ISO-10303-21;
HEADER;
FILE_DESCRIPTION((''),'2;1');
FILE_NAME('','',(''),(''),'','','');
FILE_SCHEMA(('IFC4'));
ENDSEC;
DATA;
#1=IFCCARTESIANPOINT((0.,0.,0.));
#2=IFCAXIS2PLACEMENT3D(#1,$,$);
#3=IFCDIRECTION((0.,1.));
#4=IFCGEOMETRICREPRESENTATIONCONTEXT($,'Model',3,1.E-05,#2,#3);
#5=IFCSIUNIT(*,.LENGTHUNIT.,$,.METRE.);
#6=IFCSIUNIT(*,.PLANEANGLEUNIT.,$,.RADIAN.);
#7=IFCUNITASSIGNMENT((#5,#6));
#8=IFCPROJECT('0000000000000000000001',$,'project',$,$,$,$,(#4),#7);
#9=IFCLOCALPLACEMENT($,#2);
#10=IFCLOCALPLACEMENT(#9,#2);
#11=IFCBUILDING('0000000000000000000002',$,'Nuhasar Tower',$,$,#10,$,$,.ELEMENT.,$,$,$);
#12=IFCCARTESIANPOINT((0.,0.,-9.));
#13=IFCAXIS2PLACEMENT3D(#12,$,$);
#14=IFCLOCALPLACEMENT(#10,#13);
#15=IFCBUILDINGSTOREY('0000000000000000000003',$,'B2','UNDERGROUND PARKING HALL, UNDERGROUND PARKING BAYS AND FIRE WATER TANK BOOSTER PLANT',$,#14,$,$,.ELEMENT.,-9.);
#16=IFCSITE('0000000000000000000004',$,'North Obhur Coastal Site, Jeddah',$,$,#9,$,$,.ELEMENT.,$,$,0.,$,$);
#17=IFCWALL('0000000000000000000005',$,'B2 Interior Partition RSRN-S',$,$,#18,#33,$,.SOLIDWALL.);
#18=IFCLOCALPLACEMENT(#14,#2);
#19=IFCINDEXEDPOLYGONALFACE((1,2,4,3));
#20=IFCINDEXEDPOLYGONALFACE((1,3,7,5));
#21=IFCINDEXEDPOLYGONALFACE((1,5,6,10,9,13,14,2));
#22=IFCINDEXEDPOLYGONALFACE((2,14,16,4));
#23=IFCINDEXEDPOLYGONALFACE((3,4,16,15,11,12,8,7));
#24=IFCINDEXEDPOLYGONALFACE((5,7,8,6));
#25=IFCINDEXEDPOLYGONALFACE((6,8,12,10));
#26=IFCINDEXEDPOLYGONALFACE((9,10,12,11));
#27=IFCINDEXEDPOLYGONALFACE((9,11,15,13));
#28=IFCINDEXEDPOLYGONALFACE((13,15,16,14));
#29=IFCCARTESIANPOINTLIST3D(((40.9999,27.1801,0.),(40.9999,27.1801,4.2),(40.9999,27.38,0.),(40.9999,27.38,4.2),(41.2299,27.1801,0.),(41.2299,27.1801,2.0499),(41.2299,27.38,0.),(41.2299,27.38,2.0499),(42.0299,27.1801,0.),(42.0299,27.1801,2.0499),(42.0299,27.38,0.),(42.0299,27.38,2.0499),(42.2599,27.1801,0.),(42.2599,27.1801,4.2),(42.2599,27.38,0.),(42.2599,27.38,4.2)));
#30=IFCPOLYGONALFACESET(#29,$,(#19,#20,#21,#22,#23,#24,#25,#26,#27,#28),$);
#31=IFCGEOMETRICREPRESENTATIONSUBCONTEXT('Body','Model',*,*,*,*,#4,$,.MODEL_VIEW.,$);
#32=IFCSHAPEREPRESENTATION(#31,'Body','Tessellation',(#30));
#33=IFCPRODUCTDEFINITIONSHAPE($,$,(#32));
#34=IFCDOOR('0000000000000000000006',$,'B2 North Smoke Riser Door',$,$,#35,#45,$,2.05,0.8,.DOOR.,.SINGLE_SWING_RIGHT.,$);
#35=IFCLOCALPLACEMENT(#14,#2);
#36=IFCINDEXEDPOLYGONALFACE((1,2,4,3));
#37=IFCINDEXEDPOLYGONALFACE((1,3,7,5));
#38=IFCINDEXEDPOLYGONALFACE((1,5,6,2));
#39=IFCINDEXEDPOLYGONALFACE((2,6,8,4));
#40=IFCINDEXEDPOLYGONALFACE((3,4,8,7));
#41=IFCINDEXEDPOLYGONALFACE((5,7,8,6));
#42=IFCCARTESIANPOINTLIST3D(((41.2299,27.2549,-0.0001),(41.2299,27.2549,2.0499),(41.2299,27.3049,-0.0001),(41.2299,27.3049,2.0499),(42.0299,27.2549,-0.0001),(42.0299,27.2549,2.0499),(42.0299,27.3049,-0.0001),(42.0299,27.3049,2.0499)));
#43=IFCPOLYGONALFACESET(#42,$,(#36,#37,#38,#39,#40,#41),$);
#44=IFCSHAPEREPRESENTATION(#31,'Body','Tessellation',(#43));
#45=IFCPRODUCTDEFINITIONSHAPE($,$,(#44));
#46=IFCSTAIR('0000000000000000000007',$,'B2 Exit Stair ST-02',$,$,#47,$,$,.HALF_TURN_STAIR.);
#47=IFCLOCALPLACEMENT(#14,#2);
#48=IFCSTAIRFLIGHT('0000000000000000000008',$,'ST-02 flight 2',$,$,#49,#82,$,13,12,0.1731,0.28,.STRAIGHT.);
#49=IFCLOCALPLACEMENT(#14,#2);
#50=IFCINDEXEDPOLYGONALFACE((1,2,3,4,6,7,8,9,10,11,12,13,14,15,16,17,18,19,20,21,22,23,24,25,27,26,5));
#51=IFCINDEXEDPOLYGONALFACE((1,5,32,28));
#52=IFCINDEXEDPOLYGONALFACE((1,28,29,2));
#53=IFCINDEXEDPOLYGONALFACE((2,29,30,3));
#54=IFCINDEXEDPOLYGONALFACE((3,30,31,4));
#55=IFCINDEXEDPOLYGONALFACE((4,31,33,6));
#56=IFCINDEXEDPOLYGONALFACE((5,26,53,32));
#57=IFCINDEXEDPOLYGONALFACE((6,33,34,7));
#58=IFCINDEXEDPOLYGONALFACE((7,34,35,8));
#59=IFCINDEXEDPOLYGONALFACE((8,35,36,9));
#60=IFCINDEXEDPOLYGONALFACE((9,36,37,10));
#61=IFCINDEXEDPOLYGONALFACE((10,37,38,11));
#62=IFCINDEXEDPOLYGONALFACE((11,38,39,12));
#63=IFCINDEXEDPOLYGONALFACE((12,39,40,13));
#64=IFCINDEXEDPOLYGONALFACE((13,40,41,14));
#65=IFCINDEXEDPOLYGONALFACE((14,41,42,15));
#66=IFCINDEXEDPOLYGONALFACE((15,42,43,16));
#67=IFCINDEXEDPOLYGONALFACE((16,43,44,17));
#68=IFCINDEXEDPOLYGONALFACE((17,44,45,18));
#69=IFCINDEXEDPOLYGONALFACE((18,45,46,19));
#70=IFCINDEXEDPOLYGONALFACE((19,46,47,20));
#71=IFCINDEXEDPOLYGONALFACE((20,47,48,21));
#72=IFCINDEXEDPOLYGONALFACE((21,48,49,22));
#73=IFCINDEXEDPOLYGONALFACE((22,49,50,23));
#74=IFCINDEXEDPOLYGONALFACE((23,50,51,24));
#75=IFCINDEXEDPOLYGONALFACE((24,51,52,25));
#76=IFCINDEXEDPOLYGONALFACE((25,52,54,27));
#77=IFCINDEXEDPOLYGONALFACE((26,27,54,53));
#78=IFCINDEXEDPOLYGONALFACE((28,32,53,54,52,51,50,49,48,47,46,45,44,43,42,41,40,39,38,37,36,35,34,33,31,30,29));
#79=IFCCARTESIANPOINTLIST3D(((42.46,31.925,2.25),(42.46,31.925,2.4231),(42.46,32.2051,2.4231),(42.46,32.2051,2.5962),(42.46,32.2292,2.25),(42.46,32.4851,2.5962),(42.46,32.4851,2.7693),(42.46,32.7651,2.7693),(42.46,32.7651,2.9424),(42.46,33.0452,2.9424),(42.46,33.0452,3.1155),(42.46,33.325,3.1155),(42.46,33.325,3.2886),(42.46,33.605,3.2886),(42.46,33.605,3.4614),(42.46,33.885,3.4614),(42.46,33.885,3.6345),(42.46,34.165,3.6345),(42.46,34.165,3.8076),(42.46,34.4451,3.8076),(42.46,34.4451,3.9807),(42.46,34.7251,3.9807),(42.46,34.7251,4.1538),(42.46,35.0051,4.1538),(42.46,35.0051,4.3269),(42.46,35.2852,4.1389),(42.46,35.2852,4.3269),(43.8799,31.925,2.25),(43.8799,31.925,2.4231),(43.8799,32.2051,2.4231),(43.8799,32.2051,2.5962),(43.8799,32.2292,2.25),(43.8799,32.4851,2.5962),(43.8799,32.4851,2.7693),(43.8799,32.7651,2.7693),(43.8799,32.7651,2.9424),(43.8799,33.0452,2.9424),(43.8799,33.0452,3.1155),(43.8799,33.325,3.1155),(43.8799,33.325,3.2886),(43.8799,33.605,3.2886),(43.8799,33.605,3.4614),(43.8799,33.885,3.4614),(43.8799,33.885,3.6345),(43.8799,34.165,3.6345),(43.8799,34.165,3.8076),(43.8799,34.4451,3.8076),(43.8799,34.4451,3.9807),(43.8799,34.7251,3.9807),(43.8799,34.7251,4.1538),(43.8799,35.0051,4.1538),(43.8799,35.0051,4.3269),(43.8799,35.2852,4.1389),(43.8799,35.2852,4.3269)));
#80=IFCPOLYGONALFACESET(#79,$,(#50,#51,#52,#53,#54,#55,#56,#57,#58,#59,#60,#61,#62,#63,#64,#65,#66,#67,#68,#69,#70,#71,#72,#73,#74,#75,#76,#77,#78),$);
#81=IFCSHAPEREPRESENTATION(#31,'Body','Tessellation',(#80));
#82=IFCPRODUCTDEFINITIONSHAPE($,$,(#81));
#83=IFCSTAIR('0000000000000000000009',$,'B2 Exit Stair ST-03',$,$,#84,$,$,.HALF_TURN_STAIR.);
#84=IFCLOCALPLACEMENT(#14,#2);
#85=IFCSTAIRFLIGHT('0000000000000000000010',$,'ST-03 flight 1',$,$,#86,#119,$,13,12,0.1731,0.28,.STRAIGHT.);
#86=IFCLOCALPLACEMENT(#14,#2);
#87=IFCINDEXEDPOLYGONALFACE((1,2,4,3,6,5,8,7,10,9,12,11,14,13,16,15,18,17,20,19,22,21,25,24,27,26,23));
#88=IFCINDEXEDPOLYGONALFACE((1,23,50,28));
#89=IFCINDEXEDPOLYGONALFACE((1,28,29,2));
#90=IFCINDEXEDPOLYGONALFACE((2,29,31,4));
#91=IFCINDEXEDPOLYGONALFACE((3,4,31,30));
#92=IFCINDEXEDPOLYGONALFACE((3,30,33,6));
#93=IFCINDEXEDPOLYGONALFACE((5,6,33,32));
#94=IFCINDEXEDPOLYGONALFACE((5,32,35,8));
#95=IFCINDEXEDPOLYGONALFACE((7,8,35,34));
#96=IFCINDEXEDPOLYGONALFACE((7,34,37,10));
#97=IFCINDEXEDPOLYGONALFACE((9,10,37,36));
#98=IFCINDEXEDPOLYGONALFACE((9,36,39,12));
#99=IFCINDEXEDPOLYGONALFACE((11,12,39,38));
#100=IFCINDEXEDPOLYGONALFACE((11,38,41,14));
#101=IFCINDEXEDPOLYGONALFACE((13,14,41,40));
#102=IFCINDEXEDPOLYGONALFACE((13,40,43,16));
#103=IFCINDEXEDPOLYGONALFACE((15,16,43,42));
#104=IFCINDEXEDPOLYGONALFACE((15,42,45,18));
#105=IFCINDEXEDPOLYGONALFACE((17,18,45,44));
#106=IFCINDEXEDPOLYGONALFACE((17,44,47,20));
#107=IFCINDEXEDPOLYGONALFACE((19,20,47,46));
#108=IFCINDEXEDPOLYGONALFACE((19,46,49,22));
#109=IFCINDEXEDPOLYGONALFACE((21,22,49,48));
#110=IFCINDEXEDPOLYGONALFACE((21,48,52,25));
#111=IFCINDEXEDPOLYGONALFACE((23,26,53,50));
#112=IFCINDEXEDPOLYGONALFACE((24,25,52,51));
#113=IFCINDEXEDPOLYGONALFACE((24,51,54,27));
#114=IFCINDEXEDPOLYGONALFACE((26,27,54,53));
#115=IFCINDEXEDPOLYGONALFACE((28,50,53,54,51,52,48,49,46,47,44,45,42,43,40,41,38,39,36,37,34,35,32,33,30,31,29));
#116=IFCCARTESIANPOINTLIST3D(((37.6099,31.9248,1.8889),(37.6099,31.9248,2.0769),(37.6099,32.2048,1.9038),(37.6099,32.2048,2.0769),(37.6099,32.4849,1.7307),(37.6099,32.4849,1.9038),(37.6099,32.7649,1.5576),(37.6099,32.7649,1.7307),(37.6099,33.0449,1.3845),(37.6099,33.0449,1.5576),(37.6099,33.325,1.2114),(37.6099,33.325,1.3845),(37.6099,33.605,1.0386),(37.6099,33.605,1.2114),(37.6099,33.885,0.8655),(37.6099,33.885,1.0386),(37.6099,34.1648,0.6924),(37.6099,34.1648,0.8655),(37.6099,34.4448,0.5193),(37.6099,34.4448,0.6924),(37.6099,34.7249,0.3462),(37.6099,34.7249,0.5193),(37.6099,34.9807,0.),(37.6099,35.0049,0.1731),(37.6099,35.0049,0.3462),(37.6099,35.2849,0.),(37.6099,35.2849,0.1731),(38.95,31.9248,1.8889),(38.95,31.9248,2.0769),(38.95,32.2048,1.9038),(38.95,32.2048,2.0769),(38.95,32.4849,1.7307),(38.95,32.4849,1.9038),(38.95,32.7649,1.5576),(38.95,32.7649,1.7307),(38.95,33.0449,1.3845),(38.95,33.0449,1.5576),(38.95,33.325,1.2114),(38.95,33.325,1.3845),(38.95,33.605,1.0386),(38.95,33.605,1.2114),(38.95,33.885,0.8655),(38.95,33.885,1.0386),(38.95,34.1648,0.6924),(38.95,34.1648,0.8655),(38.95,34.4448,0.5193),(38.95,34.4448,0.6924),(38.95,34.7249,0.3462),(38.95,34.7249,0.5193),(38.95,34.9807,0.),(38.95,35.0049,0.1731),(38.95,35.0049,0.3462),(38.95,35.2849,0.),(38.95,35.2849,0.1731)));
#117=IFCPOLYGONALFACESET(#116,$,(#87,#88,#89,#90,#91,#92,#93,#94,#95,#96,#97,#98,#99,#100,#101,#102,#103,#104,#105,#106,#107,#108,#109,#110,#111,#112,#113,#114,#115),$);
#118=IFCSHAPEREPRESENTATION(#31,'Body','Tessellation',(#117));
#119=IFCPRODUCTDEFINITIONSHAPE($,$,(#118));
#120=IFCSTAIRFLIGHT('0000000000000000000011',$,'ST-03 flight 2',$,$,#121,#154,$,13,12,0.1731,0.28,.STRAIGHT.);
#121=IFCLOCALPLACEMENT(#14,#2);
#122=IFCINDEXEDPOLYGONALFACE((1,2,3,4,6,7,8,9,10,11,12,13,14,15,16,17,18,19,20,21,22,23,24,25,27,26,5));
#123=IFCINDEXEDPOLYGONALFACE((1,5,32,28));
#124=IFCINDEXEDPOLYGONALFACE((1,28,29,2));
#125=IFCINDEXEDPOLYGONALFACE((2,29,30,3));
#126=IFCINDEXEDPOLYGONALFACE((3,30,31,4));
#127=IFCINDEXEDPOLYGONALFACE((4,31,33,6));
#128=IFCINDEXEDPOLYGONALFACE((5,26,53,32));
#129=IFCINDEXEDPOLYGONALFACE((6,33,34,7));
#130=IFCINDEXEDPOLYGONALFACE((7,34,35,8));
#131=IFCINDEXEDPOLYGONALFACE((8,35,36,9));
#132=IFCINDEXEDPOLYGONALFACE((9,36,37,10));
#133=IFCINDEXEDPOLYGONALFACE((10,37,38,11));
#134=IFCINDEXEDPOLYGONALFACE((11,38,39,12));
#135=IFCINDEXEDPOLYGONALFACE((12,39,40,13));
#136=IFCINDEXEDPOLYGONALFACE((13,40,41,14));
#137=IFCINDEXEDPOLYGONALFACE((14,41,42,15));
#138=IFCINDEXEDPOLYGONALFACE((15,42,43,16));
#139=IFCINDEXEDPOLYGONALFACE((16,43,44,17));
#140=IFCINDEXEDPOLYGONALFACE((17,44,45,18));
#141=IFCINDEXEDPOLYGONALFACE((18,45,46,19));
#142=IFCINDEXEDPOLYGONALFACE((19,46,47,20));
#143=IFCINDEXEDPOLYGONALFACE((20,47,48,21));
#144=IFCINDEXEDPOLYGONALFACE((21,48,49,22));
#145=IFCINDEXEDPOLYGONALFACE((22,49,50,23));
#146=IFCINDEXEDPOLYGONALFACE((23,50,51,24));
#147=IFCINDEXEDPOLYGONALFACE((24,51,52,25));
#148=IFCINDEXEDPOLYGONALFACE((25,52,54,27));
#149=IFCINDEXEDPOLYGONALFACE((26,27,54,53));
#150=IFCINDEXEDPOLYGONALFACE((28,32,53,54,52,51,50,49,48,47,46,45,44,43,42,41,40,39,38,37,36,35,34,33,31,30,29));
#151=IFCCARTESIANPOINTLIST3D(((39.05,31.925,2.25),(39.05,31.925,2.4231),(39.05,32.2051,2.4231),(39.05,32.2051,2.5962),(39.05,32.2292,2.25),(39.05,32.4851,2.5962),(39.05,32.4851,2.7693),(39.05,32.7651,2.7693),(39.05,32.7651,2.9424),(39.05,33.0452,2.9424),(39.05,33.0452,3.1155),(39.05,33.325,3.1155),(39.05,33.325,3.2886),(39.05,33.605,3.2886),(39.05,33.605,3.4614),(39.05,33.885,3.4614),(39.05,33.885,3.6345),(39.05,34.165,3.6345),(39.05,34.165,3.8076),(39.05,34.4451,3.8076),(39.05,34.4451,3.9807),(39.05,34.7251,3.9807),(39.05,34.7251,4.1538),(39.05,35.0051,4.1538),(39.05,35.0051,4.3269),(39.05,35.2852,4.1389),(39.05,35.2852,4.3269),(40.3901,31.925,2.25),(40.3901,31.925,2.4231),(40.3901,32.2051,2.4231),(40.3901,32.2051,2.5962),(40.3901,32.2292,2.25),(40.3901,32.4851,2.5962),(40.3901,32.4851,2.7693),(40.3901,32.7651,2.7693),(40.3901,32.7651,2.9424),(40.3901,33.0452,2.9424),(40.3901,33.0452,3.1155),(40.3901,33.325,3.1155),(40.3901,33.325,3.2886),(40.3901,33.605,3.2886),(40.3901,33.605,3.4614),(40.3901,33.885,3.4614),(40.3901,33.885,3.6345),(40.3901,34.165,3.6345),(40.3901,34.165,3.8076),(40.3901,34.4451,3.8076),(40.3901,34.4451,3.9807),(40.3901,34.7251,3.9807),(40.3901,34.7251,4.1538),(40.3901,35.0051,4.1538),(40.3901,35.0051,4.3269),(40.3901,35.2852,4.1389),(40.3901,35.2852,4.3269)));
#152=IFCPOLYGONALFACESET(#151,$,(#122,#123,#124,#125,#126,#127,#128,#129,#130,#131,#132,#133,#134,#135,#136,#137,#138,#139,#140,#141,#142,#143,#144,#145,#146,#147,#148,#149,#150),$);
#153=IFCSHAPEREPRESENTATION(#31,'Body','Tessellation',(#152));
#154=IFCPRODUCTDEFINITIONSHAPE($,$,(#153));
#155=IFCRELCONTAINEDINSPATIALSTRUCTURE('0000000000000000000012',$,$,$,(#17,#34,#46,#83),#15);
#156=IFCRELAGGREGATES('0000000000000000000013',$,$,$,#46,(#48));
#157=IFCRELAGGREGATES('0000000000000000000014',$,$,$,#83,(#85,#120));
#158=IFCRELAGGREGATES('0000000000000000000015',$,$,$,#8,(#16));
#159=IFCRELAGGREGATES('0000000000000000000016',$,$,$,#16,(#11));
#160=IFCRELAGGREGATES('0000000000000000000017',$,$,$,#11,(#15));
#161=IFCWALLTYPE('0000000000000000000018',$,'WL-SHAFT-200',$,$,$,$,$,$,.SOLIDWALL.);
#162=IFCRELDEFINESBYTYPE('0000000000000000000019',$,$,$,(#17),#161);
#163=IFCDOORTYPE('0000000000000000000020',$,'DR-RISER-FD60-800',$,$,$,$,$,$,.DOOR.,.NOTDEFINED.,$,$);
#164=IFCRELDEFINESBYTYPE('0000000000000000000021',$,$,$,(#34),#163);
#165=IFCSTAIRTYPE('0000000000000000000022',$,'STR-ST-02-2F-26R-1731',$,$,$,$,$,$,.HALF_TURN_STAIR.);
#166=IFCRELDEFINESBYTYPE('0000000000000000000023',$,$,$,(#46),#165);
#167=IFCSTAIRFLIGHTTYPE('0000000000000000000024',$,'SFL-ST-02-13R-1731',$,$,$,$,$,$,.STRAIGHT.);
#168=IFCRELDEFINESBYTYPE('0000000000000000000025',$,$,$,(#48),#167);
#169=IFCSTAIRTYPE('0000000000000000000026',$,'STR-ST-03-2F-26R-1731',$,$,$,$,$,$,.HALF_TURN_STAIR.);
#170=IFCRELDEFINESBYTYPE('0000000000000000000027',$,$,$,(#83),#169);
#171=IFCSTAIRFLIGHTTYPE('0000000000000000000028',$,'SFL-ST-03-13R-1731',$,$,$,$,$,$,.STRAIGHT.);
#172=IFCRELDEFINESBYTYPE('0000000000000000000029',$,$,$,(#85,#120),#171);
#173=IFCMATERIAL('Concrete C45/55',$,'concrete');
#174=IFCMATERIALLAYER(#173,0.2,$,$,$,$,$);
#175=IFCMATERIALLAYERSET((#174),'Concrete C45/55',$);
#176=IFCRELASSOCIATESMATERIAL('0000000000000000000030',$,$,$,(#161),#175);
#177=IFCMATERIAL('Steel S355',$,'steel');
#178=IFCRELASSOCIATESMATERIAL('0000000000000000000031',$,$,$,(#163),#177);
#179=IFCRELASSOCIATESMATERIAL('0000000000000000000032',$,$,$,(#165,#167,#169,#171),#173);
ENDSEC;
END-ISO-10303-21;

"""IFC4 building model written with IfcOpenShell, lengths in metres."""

from ifc_helpers import new_model, si_unit, direction, frame, frame_2d, origin, place, context, subcontext, project, spatial, polyline, rectangle, outline, extrude, material, layer, layer_set, type_object, element, fill, aggregate, save


model = new_model("IFC4")

# Units and contexts
model_context = context("Model", 3, precision=1e-05, world=origin(), true_north=direction((0.0, 1.0)))
body_context = subcontext(model_context, "Body", "Model", "MODEL_VIEW")
ifc_project = project(units=[si_unit("LENGTHUNIT", "METRE"), si_unit("PLANEANGLEUNIT", "RADIAN")], contexts=[model_context])

# Site, building, storey
site_placement = place(None, origin())
site = spatial("IfcSite", under=ifc_project, at=site_placement, Name="North Obhur Coastal Site, Jeddah", CompositionType="ELEMENT", RefElevation=0.0)
building_placement = place(site_placement, origin())
building = spatial("IfcBuilding", under=site, at=building_placement, Name="Nuhasar Tower", CompositionType="ELEMENT")
storey_placement = place(building_placement, frame((0.0, 0.0, -9.0)))
storey = spatial("IfcBuildingStorey", under=building, at=storey_placement, Name="B2", Description="UNDERGROUND PARKING HALL, UNDERGROUND PARKING BAYS AND FIRE WATER TANK BOOSTER PLANT", CompositionType="ELEMENT", Elevation=-9.0)

# Shared definitions
ifc_material_1 = material(Name="Steel S355", Category="steel")

# Shared definitions
ifc_material_2 = material(Name="Concrete C45/55", Category="concrete")
ifc_layer_1 = layer(ifc_material_2, 0.2)
ifc_layer_set_1 = layer_set([ifc_layer_1], Name="Concrete C45/55")
wall_type_1 = type_object("IfcWallType", Name="WL-SHAFT-200", PredefinedType="SOLIDWALL", material=ifc_layer_set_1)

# Wall, opening, door
wall_1_placement = place(storey_placement, frame((41.0, 27.28, 0.0), z_axis=(0.0, 0.0, 1.0), x_axis=(1.0, 0.0, 0.0)))
wall_1 = element("IfcWall", 1, at=wall_1_placement, inside=storey, type_object=wall_type_1, Name="B2 Interior Partition RSRN-S", PredefinedType="SOLIDWALL", context=body_context, shape_type="SweptSolid", body=[
    extrude(rectangle(XDim=1.26, YDim=0.2, at=frame_2d((0.6299, 0.0))), origin(), (0.0, 0.0, 1.0), 4.2),
])
opening_1_placement = place(wall_1_placement, frame((0.23, 0.0, 0.0)))
opening_1 = element("IfcOpeningElement", 2, at=opening_1_placement, cuts=wall_1, PredefinedType="OPENING", context=body_context, shape_type="SweptSolid", body=[
    extrude(rectangle(XDim=0.8, YDim=2.05, at=frame_2d((0.3999, 1.0249))), frame((0.0, 0.1099, 0.0), z_axis=(0.0, -1.0, 0.0), x_axis=(1.0, 0.0, 0.0)), (0.0, 0.0, 1.0), 0.22),
])
door_type_1 = type_object("IfcDoorType", Name="DR-RISER-FD60-800", OperationType="NOTDEFINED", PredefinedType="DOOR", material=ifc_material_1)
door_1_placement = place(opening_1_placement, origin())
door_1 = element("IfcDoor", 3, at=door_1_placement, inside=storey, type_object=door_type_1, Name="B2 North Smoke Riser Door", OperationType="SINGLE_SWING_RIGHT", OverallHeight=2.05, OverallWidth=0.8, PredefinedType="DOOR", context=body_context, shape_type="SweptSolid", body=[
    extrude(rectangle(XDim=0.8, YDim=2.05, at=frame_2d((0.3999, 1.0249))), frame((0.0, 0.0249, 0.0), z_axis=(0.0, -1.0, 0.0), x_axis=(1.0, 0.0, 0.0)), (0.0, 0.0, 1.0), 0.05),
])
fill(opening_1, door_1)

# Stair, stair flight
stair_type_1 = type_object("IfcStairType", Name="STR-ST-02-2F-26R-1731", PredefinedType="HALF_TURN_STAIR", material=ifc_material_2)
stair_1_placement = place(storey_placement, origin())
stair_1 = element("IfcStair", 4, at=stair_1_placement, inside=storey, type_object=stair_type_1, Name="B2 Exit Stair ST-02", PredefinedType="HALF_TURN_STAIR")
stair_flight_type_1 = type_object("IfcStairFlightType", Name="SFL-ST-02-13R-1731", PredefinedType="STRAIGHT", material=ifc_material_2)
stair_flight_1_placement = place(storey_placement, frame((43.1699, 31.925, 2.25), z_axis=(0.0, 0.0, 1.0), x_axis=(0.0, 1.0, 0.0)))
stair_flight_1 = element("IfcStairFlight", 5, at=stair_flight_1_placement, type_object=stair_flight_type_1, Name="ST-02 flight 2", NumberOfRisers=13, NumberOfTreads=12, PredefinedType="STRAIGHT", RiserHeight=0.1731, TreadLength=0.28, context=body_context, shape_type="SweptSolid", body=[
    extrude(outline(polyline([(0.0, 0.0), (0.0, 0.1731), (0.28, 0.1731), (0.28, 0.3462), (0.5601, 0.3462), (0.5601, 0.5193), (0.8401, 0.5193), (0.8401, 0.6924), (1.1201, 0.6924), (1.1201, 0.8655), (1.3999, 0.8655), (1.3999, 1.0386), (1.6799, 1.0386), (1.6799, 1.2114), (1.96, 1.2114), (1.96, 1.3845), (2.24, 1.3845), (2.24, 1.5576), (2.52, 1.5576), (2.52, 1.7307), (2.8, 1.7307), (2.8, 1.9038), (3.0801, 1.9038), (3.0801, 2.0769), (3.3601, 2.0769), (3.3601, 2.25), (3.3601, 1.8889), (0.3042, 0.0), (0.0, 0.0)])), frame((0.0, 0.71, 0.0), z_axis=(0.0, -1.0, 0.0), x_axis=(1.0, 0.0, 0.0)), (0.0, 0.0, 1.0), 1.4199),
])
aggregate(stair_1, [stair_flight_1])

# Stair, stair flights
stair_type_2 = type_object("IfcStairType", Name="STR-ST-03-2F-26R-1731", PredefinedType="HALF_TURN_STAIR", material=ifc_material_2)
stair_2_placement = place(storey_placement, origin())
stair_2 = element("IfcStair", 6, at=stair_2_placement, inside=storey, type_object=stair_type_2, Name="B2 Exit Stair ST-03", PredefinedType="HALF_TURN_STAIR")
stair_flight_type_2 = type_object("IfcStairFlightType", Name="SFL-ST-03-13R-1731", PredefinedType="STRAIGHT", material=ifc_material_2)
stair_flight_2_placement = place(storey_placement, frame((38.28, 35.2849, 0.0), z_axis=(0.0, 0.0, 1.0), x_axis=(0.0, -1.0, 0.0)))
stair_flight_2 = element("IfcStairFlight", 7, at=stair_flight_2_placement, type_object=stair_flight_type_2, Name="ST-03 flight 1", NumberOfRisers=13, NumberOfTreads=12, PredefinedType="STRAIGHT", RiserHeight=0.1731, TreadLength=0.28, context=body_context, shape_type="SweptSolid", body=[
    extrude(outline(polyline([(0.0, 0.0), (0.0, 0.1731), (0.28, 0.1731), (0.28, 0.3462), (0.5601, 0.3462), (0.5601, 0.5193), (0.8401, 0.5193), (0.8401, 0.6924), (1.1201, 0.6924), (1.1201, 0.8655), (1.3999, 0.8655), (1.3999, 1.0386), (1.6799, 1.0386), (1.6799, 1.2114), (1.96, 1.2114), (1.96, 1.3845), (2.24, 1.3845), (2.24, 1.5576), (2.52, 1.5576), (2.52, 1.7307), (2.8, 1.7307), (2.8, 1.9038), (3.0801, 1.9038), (3.0801, 2.0769), (3.3601, 2.0769), (3.3601, 2.25), (3.3601, 1.8889), (0.3042, 0.0), (0.0, 0.0)])), frame((0.0, 0.6699, 0.0), z_axis=(0.0, -1.0, 0.0), x_axis=(1.0, 0.0, 0.0)), (0.0, 0.0, 1.0), 1.3401),
])
stair_flight_3_placement = place(storey_placement, frame((39.72, 31.925, 2.25), z_axis=(0.0, 0.0, 1.0), x_axis=(0.0, 1.0, 0.0)))
stair_flight_3 = element("IfcStairFlight", 8, at=stair_flight_3_placement, type_object=stair_flight_type_2, Name="ST-03 flight 2", NumberOfRisers=13, NumberOfTreads=12, PredefinedType="STRAIGHT", RiserHeight=0.1731, TreadLength=0.28, context=body_context, shape_type="SweptSolid", body=[
    extrude(outline(polyline([(0.0, 0.0), (0.0, 0.1731), (0.28, 0.1731), (0.28, 0.3462), (0.5601, 0.3462), (0.5601, 0.5193), (0.8401, 0.5193), (0.8401, 0.6924), (1.1201, 0.6924), (1.1201, 0.8655), (1.3999, 0.8655), (1.3999, 1.0386), (1.6799, 1.0386), (1.6799, 1.2114), (1.96, 1.2114), (1.96, 1.3845), (2.24, 1.3845), (2.24, 1.5576), (2.52, 1.5576), (2.52, 1.7307), (2.8, 1.7307), (2.8, 1.9038), (3.0801, 1.9038), (3.0801, 2.0769), (3.3601, 2.0769), (3.3601, 2.25), (3.3601, 1.8889), (0.3042, 0.0), (0.0, 0.0)])), frame((0.0, 0.6699, 0.0), z_axis=(0.0, -1.0, 0.0), x_axis=(1.0, 0.0, 0.0)), (0.0, 0.0, 1.0), 1.3401),
])
aggregate(stair_2, [stair_flight_2, stair_flight_3])

save(model, "model.ifc")
